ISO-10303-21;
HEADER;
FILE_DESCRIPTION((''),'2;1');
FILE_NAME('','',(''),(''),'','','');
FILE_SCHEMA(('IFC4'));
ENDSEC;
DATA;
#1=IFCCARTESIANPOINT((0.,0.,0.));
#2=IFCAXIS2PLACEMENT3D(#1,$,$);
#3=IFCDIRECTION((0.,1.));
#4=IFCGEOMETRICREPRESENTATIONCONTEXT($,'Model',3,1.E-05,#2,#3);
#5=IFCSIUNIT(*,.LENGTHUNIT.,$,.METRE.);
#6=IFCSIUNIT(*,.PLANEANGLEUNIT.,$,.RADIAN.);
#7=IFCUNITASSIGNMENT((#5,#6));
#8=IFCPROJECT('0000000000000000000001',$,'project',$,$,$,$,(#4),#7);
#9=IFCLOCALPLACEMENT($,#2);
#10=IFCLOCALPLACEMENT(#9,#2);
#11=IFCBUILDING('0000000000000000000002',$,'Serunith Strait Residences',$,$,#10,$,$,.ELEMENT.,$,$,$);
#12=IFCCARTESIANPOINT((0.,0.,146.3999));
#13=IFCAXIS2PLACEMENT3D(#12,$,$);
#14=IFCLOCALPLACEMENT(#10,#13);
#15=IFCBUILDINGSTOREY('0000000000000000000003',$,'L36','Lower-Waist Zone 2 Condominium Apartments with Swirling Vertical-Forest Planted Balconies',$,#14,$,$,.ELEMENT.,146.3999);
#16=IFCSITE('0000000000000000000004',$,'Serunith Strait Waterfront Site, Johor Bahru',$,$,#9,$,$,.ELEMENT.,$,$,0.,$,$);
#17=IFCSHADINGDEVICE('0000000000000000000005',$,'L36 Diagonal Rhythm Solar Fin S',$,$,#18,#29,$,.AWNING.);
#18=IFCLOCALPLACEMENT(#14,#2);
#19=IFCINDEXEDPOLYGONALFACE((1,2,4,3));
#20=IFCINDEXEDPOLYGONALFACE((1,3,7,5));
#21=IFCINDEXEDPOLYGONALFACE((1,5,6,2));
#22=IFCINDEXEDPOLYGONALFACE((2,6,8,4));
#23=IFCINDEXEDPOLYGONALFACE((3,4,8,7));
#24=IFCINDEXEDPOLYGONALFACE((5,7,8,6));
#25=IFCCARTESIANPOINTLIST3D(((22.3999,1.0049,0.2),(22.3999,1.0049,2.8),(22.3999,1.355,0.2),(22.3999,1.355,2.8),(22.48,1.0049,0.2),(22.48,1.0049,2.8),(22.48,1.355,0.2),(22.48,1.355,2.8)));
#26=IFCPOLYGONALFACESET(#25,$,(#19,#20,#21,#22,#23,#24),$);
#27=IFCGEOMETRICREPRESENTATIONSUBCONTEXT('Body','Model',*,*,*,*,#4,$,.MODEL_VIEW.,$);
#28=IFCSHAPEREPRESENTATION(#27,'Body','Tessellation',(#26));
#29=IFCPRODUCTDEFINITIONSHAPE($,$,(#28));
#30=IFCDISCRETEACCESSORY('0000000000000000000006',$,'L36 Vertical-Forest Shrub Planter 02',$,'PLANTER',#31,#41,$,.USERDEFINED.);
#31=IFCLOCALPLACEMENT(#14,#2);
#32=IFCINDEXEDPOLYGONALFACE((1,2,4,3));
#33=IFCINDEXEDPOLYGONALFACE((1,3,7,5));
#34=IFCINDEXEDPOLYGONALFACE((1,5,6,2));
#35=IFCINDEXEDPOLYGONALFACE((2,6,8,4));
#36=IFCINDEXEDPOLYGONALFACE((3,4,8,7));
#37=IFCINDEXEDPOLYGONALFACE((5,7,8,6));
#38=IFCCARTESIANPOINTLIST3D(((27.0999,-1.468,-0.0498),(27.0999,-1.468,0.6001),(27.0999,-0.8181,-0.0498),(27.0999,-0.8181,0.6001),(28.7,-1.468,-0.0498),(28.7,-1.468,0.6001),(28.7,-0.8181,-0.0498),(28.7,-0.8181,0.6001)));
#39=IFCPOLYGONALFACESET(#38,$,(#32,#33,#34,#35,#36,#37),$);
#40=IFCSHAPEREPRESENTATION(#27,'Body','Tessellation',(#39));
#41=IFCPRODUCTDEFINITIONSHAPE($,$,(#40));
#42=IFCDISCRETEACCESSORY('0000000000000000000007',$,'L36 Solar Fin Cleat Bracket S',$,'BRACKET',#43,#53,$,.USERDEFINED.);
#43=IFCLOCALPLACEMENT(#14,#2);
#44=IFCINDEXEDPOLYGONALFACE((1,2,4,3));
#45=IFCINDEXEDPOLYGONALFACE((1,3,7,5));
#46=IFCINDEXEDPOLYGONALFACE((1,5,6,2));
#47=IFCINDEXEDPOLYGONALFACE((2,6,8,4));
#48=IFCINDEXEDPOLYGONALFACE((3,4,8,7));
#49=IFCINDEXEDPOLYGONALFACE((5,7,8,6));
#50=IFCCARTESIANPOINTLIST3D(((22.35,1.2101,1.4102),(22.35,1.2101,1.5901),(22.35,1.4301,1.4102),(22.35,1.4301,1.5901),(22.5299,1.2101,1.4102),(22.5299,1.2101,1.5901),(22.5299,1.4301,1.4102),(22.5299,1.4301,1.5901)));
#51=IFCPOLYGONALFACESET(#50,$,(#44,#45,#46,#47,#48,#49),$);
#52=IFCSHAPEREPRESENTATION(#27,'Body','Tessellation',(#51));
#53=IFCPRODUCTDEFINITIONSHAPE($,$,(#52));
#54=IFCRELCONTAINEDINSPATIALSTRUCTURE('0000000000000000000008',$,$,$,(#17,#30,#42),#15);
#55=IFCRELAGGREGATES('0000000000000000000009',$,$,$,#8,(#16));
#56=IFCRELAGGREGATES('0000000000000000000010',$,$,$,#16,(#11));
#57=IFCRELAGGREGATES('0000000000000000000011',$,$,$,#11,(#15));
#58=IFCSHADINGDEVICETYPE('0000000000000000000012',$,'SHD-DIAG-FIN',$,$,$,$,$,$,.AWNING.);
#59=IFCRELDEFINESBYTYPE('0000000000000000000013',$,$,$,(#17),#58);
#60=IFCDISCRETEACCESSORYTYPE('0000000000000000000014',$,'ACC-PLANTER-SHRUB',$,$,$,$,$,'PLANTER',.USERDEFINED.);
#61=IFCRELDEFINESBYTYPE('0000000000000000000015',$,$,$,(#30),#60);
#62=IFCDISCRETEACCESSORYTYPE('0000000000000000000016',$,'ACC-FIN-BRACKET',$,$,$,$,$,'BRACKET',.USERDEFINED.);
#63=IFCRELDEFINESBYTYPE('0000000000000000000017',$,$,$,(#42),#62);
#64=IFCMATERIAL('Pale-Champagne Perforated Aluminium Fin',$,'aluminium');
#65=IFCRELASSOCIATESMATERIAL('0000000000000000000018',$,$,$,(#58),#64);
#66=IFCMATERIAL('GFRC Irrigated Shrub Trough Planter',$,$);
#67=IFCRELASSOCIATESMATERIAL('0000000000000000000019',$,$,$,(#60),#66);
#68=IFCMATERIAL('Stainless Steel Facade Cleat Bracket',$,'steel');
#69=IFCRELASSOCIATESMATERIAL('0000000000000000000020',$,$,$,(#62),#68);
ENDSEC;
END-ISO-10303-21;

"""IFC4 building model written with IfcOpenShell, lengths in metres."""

from ifc_helpers import new_model, si_unit, direction, frame, origin, origin_2d, place, context, subcontext, project, spatial, rectangle, extrude, source, transform, mapped, material, type_object, element, save


model = new_model("IFC4")

# Units and contexts
model_context = context("Model", 3, precision=1e-05, world=origin(), true_north=direction((0.0, 1.0)))
body_context = subcontext(model_context, "Body", "Model", "MODEL_VIEW")
ifc_project = project(units=[si_unit("LENGTHUNIT", "METRE"), si_unit("PLANEANGLEUNIT", "RADIAN")], contexts=[model_context])

# Site, building, storey
site_placement = place(None, origin())
site = spatial("IfcSite", under=ifc_project, at=site_placement, Name="Serunith Strait Waterfront Site, Johor Bahru", CompositionType="ELEMENT", RefElevation=0.0)
building_placement = place(site_placement, origin())
building = spatial("IfcBuilding", under=site, at=building_placement, Name="Serunith Strait Residences", CompositionType="ELEMENT")
storey_placement = place(building_placement, frame((0.0, 0.0, 146.3999)))
storey = spatial("IfcBuildingStorey", under=building, at=storey_placement, Name="L36", Description="Lower-Waist Zone 2 Condominium Apartments with Swirling Vertical-Forest Planted Balconies", CompositionType="ELEMENT", Elevation=146.3999)

# Shading device
ifc_material_1 = material(Name="Pale-Champagne Perforated Aluminium Fin", Category="aluminium")
shading_device_type = type_object("IfcShadingDeviceType", Name="SHD-DIAG-FIN", PredefinedType="AWNING", material=ifc_material_1)
shared_shape_1 = source(origin(), body_context, "Body", "SweptSolid", [
    extrude(rectangle(XDim=0.0801, YDim=0.3501, at=origin_2d()), origin(), (0.0, 0.0, 1.0), 2.6001),
])
shading_device_placement = place(storey_placement, frame((22.4399, 1.1799, 0.2), z_axis=(0.0, 0.0, 1.0), x_axis=(1.0, 0.0, 0.0)))
element("IfcShadingDevice", 1, at=shading_device_placement, inside=storey, type_object=shading_device_type, Name="L36 Diagonal Rhythm Solar Fin S", PredefinedType="AWNING", context=body_context, shape_type="MappedRepresentation", body=[
    mapped(shared_shape_1, transform((0.0, 0.0, 0.0), scale=1.0)),
])

# Discrete accessories
ifc_material_2 = material(Name="GFRC Irrigated Shrub Trough Planter")
discrete_accessory_type_1 = type_object("IfcDiscreteAccessoryType", Name="ACC-PLANTER-SHRUB", ElementType="PLANTER", PredefinedType="USERDEFINED", material=ifc_material_2)
shared_shape_2 = source(origin(), body_context, "Body", "SweptSolid", [
    extrude(rectangle(XDim=1.6001, YDim=0.6499, at=origin_2d()), origin(), (0.0, 0.0, 1.0), 0.6499),
])
discrete_accessory_1_placement = place(storey_placement, frame((27.8999, -1.1431, -0.0498), z_axis=(0.0, 0.0, 1.0), x_axis=(1.0, 0.0, 0.0)))
element("IfcDiscreteAccessory", 2, at=discrete_accessory_1_placement, inside=storey, type_object=discrete_accessory_type_1, Name="L36 Vertical-Forest Shrub Planter 02", ObjectType="PLANTER", PredefinedType="USERDEFINED", context=body_context, shape_type="MappedRepresentation", body=[
    mapped(shared_shape_2, transform((0.0, 0.0, 0.0), scale=1.0)),
])
ifc_material_3 = material(Name="Stainless Steel Facade Cleat Bracket", Category="steel")
discrete_accessory_type_2 = type_object("IfcDiscreteAccessoryType", Name="ACC-FIN-BRACKET", ElementType="BRACKET", PredefinedType="USERDEFINED", material=ifc_material_3)
shared_shape_3 = source(origin(), body_context, "Body", "SweptSolid", [
    extrude(rectangle(XDim=0.1799, YDim=0.22, at=origin_2d()), origin(), (0.0, 0.0, 1.0), 0.1799),
])
discrete_accessory_2_placement = place(storey_placement, frame((22.4399, 1.3201, 1.4102), z_axis=(0.0, 0.0, 1.0), x_axis=(1.0, 0.0, 0.0)))
element("IfcDiscreteAccessory", 3, at=discrete_accessory_2_placement, inside=storey, type_object=discrete_accessory_type_2, Name="L36 Solar Fin Cleat Bracket S", ObjectType="BRACKET", PredefinedType="USERDEFINED", context=body_context, shape_type="MappedRepresentation", body=[
    mapped(shared_shape_3, transform((0.0, 0.0, 0.0), scale=1.0)),
])

save(model, "model.ifc")
